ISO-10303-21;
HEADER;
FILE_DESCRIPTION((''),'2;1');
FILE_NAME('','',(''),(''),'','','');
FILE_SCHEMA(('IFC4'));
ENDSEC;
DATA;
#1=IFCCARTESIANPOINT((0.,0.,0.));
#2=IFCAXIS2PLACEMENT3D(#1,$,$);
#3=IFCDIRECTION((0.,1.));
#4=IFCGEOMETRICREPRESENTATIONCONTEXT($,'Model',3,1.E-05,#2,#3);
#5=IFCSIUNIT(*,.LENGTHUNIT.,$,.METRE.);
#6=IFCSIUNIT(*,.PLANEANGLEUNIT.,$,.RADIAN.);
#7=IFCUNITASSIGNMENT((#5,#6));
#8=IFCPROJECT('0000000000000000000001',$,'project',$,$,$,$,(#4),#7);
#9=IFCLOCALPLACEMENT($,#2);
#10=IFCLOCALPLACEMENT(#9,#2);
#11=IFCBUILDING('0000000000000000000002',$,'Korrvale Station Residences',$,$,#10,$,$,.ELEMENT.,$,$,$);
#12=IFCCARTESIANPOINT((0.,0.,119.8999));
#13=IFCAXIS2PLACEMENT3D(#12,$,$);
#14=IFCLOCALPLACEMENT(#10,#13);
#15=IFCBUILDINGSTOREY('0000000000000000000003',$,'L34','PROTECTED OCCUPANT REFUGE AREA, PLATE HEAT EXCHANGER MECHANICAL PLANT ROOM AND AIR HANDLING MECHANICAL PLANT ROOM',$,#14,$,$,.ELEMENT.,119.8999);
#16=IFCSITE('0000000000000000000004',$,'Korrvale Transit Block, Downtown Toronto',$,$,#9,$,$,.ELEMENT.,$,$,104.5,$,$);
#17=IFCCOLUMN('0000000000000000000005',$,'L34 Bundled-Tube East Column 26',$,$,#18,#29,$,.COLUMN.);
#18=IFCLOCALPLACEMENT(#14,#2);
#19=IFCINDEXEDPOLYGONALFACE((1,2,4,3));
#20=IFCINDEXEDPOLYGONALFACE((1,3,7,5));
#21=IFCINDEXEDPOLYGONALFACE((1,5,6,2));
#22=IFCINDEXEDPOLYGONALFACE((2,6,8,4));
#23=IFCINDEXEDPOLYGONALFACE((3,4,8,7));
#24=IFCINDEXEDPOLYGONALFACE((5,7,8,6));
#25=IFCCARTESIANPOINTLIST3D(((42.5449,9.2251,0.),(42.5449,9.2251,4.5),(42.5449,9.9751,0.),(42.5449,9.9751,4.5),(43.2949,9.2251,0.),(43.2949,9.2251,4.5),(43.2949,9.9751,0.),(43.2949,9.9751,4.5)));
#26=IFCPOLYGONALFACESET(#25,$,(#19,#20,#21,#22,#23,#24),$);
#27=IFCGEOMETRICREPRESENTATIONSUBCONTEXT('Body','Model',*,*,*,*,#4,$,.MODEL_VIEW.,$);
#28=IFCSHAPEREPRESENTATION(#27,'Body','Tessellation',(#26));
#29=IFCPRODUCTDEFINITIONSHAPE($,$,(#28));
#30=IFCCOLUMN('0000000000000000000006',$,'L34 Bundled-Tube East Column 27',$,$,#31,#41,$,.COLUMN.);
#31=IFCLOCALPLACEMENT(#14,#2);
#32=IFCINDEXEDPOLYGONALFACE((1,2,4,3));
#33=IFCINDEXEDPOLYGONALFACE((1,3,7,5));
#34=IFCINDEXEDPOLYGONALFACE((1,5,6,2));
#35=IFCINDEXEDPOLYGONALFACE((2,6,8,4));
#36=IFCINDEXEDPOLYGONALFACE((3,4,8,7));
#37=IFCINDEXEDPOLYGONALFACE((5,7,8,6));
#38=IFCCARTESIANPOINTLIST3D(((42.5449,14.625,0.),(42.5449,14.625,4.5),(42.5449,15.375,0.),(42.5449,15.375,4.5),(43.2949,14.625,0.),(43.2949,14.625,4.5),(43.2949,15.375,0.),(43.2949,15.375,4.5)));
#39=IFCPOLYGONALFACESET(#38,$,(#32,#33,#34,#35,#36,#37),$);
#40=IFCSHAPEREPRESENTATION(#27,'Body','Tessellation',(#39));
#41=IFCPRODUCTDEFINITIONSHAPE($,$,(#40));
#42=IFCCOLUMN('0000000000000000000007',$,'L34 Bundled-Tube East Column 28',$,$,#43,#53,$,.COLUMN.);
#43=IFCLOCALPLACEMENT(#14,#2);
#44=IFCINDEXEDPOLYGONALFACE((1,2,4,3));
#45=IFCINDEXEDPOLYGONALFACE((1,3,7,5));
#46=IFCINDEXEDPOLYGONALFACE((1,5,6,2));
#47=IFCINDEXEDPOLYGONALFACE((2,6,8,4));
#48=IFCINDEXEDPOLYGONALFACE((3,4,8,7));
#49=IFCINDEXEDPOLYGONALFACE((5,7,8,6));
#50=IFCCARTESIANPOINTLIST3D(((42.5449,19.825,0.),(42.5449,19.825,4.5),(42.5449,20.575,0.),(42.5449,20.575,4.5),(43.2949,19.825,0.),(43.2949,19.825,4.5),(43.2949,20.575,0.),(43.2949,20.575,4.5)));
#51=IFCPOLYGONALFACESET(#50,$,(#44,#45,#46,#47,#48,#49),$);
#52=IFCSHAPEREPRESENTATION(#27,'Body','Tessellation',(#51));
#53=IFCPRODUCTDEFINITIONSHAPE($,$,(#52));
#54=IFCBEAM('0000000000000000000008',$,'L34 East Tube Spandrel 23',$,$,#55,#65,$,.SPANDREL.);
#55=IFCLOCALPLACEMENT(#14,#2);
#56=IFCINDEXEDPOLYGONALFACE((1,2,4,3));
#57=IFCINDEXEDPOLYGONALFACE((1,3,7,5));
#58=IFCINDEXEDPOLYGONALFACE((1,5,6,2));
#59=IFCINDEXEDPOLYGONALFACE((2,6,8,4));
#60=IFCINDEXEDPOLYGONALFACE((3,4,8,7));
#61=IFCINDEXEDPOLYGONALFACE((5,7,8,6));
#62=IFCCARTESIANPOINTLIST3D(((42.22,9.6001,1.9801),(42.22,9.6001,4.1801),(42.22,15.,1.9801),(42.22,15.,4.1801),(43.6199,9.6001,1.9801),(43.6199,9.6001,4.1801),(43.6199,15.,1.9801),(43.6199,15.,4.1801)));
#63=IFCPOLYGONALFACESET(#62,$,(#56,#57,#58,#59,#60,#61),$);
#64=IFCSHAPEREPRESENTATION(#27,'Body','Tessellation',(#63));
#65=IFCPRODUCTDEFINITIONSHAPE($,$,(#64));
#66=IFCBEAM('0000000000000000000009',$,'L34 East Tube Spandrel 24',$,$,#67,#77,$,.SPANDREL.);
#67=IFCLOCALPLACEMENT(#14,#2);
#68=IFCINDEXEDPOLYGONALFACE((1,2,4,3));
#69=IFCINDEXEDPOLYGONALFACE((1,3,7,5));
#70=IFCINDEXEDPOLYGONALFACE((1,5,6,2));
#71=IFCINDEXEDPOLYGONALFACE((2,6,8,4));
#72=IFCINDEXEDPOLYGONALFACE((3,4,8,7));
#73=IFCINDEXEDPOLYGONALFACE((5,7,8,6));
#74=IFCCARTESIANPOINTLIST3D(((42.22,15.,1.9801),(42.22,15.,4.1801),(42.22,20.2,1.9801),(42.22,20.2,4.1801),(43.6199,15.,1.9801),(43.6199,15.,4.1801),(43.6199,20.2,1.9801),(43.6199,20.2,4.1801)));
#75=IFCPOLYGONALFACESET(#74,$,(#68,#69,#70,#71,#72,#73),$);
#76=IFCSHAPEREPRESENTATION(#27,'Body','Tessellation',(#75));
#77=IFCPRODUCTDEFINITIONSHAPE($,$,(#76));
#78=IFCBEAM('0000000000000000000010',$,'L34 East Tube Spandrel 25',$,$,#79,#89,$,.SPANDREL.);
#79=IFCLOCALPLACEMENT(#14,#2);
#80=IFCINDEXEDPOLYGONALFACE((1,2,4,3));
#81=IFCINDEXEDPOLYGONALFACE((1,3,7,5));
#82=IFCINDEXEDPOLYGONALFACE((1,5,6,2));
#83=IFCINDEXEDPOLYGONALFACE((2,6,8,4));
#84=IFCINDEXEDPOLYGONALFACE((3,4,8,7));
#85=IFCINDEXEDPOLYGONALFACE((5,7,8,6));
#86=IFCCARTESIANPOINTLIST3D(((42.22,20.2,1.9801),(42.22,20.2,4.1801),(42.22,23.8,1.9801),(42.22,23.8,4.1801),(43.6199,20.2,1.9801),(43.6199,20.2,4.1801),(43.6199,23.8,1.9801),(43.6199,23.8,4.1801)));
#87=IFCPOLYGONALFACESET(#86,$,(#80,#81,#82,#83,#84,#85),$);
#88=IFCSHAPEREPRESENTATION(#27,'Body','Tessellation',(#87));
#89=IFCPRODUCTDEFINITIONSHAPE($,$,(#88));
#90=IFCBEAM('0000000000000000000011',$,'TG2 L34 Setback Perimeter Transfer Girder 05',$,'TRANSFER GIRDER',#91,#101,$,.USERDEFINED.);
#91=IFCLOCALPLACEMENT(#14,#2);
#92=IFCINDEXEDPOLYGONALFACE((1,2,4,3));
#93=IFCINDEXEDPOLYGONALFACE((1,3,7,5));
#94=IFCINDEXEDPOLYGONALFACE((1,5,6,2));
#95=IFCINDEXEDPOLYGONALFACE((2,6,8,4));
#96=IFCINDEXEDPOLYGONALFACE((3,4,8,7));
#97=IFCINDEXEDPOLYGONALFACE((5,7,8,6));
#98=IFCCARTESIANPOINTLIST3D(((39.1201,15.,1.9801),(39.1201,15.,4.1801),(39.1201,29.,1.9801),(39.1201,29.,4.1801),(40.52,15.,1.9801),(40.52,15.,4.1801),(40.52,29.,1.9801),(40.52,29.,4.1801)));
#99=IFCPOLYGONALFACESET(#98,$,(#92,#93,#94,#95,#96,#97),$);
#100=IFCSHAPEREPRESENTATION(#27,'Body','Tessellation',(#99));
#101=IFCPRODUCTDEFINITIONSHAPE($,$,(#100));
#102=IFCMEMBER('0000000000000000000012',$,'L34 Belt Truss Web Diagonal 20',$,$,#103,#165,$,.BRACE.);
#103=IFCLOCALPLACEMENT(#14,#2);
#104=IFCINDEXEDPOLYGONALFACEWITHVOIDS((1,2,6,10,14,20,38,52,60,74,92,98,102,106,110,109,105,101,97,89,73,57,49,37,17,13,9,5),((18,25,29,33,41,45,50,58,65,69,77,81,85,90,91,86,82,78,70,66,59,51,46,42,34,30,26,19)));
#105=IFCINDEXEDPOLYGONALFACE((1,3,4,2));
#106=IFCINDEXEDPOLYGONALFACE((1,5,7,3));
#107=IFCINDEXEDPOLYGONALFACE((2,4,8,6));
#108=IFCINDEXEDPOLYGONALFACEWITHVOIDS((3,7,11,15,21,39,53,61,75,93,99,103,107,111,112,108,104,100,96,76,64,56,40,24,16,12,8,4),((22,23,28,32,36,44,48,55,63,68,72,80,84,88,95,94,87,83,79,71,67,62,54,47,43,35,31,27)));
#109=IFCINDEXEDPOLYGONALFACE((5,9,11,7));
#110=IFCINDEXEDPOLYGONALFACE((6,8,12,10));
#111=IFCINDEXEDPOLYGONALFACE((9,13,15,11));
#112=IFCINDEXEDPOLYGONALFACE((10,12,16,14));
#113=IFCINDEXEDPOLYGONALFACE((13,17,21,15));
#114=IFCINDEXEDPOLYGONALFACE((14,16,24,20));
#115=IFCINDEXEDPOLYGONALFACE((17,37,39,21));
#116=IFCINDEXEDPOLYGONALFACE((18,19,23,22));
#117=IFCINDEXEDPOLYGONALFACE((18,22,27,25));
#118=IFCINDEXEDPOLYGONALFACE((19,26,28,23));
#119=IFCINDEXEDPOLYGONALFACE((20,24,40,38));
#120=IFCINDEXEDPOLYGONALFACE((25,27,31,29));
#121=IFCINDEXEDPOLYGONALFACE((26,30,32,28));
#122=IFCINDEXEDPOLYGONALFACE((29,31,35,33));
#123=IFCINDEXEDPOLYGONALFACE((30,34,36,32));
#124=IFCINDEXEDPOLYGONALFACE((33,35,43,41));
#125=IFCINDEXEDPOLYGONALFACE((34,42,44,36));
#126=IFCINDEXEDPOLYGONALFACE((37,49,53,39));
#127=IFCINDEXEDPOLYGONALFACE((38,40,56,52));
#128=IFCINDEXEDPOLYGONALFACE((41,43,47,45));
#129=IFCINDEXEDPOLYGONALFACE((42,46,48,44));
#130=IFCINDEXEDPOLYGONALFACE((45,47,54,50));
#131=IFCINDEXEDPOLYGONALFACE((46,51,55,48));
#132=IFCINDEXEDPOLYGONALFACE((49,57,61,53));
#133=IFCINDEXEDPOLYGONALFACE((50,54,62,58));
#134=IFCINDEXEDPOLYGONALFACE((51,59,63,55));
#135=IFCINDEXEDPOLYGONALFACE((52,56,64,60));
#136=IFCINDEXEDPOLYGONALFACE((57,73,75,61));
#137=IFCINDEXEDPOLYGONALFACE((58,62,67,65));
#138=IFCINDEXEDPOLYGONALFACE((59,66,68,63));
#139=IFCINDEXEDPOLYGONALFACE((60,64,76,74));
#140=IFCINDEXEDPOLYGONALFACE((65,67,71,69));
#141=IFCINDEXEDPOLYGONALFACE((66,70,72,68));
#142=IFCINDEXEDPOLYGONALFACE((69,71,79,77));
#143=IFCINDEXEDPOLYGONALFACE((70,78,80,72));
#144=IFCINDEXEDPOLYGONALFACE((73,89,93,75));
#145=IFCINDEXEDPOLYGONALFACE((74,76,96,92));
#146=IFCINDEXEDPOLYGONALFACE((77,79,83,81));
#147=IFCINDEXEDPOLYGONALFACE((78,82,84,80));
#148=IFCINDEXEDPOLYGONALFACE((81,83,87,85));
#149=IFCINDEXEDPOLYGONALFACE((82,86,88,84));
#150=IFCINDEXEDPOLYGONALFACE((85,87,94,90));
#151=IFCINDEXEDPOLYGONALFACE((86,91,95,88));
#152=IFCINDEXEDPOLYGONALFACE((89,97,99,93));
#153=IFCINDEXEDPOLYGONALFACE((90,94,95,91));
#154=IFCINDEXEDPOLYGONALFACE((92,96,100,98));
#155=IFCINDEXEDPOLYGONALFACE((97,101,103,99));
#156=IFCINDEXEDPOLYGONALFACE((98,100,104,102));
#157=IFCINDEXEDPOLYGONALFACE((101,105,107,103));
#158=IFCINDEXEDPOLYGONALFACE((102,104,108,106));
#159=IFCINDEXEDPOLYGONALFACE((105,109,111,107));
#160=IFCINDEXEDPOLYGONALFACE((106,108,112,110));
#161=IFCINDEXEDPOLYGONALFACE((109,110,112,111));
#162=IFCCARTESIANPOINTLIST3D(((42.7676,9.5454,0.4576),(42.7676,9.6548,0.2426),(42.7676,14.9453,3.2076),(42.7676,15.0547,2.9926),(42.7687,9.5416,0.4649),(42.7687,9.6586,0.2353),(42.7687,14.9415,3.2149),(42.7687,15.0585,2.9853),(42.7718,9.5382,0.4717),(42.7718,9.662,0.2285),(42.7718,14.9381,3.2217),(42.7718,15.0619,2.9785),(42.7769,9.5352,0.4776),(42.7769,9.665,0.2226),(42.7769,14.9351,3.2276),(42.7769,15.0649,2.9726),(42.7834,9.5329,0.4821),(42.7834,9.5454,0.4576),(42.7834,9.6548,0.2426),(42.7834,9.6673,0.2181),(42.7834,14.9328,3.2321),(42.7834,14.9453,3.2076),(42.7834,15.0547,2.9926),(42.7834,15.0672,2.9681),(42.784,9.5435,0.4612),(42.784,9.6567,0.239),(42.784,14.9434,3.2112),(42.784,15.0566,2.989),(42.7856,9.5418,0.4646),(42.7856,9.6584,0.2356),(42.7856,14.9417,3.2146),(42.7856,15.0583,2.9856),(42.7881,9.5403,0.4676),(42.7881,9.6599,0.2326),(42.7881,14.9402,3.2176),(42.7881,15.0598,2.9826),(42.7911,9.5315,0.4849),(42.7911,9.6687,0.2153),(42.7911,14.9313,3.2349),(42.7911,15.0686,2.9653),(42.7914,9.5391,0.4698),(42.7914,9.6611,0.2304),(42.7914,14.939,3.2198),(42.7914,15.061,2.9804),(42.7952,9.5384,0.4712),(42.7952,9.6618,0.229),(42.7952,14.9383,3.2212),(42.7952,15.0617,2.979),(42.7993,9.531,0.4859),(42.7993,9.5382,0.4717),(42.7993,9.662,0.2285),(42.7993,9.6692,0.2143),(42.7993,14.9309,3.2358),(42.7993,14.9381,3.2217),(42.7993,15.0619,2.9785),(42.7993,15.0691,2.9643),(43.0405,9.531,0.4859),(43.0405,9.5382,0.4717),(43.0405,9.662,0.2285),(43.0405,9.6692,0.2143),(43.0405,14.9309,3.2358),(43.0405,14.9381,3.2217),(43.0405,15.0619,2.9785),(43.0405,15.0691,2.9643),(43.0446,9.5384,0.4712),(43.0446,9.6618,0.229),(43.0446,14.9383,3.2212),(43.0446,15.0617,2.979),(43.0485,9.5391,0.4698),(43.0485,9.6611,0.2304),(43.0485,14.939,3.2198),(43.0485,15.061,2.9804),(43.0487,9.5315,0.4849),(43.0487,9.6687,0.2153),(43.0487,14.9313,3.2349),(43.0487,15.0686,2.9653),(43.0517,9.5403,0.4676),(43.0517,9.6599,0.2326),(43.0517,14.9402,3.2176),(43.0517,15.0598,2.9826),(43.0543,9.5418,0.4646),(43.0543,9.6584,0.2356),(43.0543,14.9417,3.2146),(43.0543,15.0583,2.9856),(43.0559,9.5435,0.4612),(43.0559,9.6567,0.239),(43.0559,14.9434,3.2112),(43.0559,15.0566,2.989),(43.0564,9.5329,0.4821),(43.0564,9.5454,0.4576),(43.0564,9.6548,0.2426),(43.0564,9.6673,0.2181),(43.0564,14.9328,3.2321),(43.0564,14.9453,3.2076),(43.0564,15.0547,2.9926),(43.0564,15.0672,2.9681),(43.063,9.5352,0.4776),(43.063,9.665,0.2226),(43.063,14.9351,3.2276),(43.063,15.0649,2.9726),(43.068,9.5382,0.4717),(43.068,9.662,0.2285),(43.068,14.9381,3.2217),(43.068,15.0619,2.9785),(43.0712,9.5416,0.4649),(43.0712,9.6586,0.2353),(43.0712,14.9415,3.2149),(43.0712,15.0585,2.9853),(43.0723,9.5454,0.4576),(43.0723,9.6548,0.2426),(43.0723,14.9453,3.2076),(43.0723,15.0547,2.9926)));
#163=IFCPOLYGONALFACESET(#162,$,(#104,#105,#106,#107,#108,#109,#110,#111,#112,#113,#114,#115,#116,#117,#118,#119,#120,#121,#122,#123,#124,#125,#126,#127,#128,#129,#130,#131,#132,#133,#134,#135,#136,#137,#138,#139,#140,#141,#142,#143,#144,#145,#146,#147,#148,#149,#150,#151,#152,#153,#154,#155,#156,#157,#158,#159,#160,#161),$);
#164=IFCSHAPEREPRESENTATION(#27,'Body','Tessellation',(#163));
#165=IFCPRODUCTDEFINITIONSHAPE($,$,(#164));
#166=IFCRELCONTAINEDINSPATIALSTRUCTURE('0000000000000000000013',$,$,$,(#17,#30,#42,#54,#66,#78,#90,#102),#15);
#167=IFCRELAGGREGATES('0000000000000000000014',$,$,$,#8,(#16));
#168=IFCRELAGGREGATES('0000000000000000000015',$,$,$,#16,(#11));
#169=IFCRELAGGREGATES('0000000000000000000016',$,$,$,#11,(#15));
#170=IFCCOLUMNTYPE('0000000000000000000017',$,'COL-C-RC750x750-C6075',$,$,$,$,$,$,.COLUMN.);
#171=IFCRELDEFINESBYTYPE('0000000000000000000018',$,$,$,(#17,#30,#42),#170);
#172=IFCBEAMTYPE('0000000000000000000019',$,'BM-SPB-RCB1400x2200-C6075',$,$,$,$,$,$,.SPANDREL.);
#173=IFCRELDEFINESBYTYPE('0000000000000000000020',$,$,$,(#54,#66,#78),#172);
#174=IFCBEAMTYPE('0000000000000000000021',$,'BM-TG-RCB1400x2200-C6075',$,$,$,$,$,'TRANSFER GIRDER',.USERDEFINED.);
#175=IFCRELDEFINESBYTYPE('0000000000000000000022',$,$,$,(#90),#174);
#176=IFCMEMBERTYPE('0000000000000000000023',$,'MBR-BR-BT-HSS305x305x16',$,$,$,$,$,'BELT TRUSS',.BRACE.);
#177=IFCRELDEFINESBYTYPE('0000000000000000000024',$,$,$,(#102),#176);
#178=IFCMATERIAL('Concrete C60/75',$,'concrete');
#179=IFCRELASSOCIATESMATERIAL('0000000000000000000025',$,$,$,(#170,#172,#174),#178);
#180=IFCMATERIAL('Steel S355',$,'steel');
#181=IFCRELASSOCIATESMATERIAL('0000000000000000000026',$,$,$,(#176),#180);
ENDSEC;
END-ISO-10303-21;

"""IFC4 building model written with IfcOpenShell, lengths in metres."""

from ifc_helpers import new_model, si_unit, direction, frame, origin, origin_2d, place, context, subcontext, project, spatial, rectangle, hollow_rectangle, extrude, material, material_profile, profile_set, type_object, element, save


model = new_model("IFC4")

# Units and contexts
model_context = context("Model", 3, precision=1e-05, world=origin(), true_north=direction((0.0, 1.0)))
body_context = subcontext(model_context, "Body", "Model", "MODEL_VIEW")
ifc_project = project(units=[si_unit("LENGTHUNIT", "METRE"), si_unit("PLANEANGLEUNIT", "RADIAN")], contexts=[model_context])

# Site, building, storey
site_placement = place(None, origin())
site = spatial("IfcSite", under=ifc_project, at=site_placement, Name="Korrvale Transit Block, Downtown Toronto", CompositionType="ELEMENT", RefElevation=104.5)
building_placement = place(site_placement, origin())
building = spatial("IfcBuilding", under=site, at=building_placement, Name="Korrvale Station Residences", CompositionType="ELEMENT")
storey_placement = place(building_placement, frame((0.0, 0.0, 119.8999)))
storey = spatial("IfcBuildingStorey", under=building, at=storey_placement, Name="L34", Description="PROTECTED OCCUPANT REFUGE AREA, PLATE HEAT EXCHANGER MECHANICAL PLANT ROOM AND AIR HANDLING MECHANICAL PLANT ROOM", CompositionType="ELEMENT", Elevation=119.8999)

# Columns
ifc_material_1 = material(Name="Concrete C60/75", Category="concrete")
ifc_material_profile_1 = material_profile(ifc_material_1, rectangle(XDim=0.75, YDim=0.75, at=origin_2d()), Name="RC750x750")
ifc_profile_set_1 = profile_set([ifc_material_profile_1], Name="Concrete C60/75")
column_type = type_object("IfcColumnType", Name="COL-C-RC750x750-C6075", PredefinedType="COLUMN", material=ifc_profile_set_1)
for number, where, z_axis, x_axis, name in (
    (1, (42.9199, 9.6001, 0.0), (0.0, 0.0, 1.0), (1.0, 0.0, 0.0), "L34 Bundled-Tube East Column 26"),
    (2, (42.9199, 15.0, 0.0), (0.0, 0.0, 1.0), (1.0, 0.0, 0.0), "L34 Bundled-Tube East Column 27"),
    (3, (42.9199, 20.2, 0.0), (0.0, 0.0, 1.0), (1.0, 0.0, 0.0), "L34 Bundled-Tube East Column 28"),
):
    element("IfcColumn", number, at=place(storey_placement, frame(where, z_axis=z_axis, x_axis=x_axis)), inside=storey, type_object=column_type, Name=name, PredefinedType="COLUMN", context=body_context, shape_type="SweptSolid", body=[
        extrude(rectangle(XDim=0.75, YDim=0.75, at=origin_2d()), origin(), (0.0, 0.0, 1.0), 4.5),
    ])

# Beams
ifc_material_profile_2 = material_profile(ifc_material_1, rectangle(XDim=1.3999, YDim=2.2, at=origin_2d()), Name="RCB1400x2200")
ifc_profile_set_2 = profile_set([ifc_material_profile_2], Name="Concrete C60/75")
beam_type_1 = type_object("IfcBeamType", Name="BM-SPB-RCB1400x2200-C6075", PredefinedType="SPANDREL", material=ifc_profile_set_2)
beam_1_placement = place(storey_placement, frame((42.9199, 9.6001, 3.0801), z_axis=(0.0, 1.0, 0.0), x_axis=(-1.0, 0.0, 0.0)))
element("IfcBeam", 4, at=beam_1_placement, inside=storey, type_object=beam_type_1, Name="L34 East Tube Spandrel 23", PredefinedType="SPANDREL", context=body_context, shape_type="SweptSolid", body=[
    extrude(rectangle(XDim=1.3999, YDim=2.2, at=origin_2d()), origin(), (0.0, 0.0, 1.0), 5.3999),
])
beam_2_placement = place(storey_placement, frame((42.9199, 15.0, 3.0801), z_axis=(0.0, 1.0, 0.0), x_axis=(-1.0, 0.0, 0.0)))
element("IfcBeam", 5, at=beam_2_placement, inside=storey, type_object=beam_type_1, Name="L34 East Tube Spandrel 24", PredefinedType="SPANDREL", context=body_context, shape_type="SweptSolid", body=[
    extrude(rectangle(XDim=1.3999, YDim=2.2, at=origin_2d()), origin(), (0.0, 0.0, 1.0), 5.2),
])
beam_3_placement = place(storey_placement, frame((42.9199, 20.2, 3.0801), z_axis=(0.0, 1.0, 0.0), x_axis=(-1.0, 0.0, 0.0)))
element("IfcBeam", 6, at=beam_3_placement, inside=storey, type_object=beam_type_1, Name="L34 East Tube Spandrel 25", PredefinedType="SPANDREL", context=body_context, shape_type="SweptSolid", body=[
    extrude(rectangle(XDim=1.3999, YDim=2.2, at=origin_2d()), origin(), (0.0, 0.0, 1.0), 3.6001),
])
ifc_material_profile_3 = material_profile(ifc_material_1, rectangle(XDim=1.3999, YDim=2.2, at=origin_2d()), Name="RCB1400x2200")
ifc_profile_set_3 = profile_set([ifc_material_profile_3], Name="Concrete C60/75")
beam_type_2 = type_object("IfcBeamType", Name="BM-TG-RCB1400x2200-C6075", ElementType="TRANSFER GIRDER", PredefinedType="USERDEFINED", material=ifc_profile_set_3)
beam_4_placement = place(storey_placement, frame((39.8201, 15.0, 3.0801), z_axis=(0.0, 1.0, 0.0), x_axis=(-1.0, 0.0, 0.0)))
element("IfcBeam", 7, at=beam_4_placement, inside=storey, type_object=beam_type_2, Name="TG2 L34 Setback Perimeter Transfer Girder 05", ObjectType="TRANSFER GIRDER", PredefinedType="USERDEFINED", context=body_context, shape_type="SweptSolid", body=[
    extrude(rectangle(XDim=1.3999, YDim=2.2, at=origin_2d()), origin(), (0.0, 0.0, 1.0), 14.0),
])

# Member
ifc_material_2 = material(Name="Steel S355", Category="steel")
ifc_material_profile_4 = material_profile(ifc_material_2, hollow_rectangle(XDim=0.3047, YDim=0.3047, WallThickness=0.0159, InnerFilletRadius=0.0159, OuterFilletRadius=0.0317, at=origin_2d()), Name="HSS305x305x16")
ifc_profile_set_4 = profile_set([ifc_material_profile_4], Name="Steel S355")
member_type_1 = type_object("IfcMemberType", Name="MBR-BR-BT-HSS305x305x16", ElementType="BELT TRUSS", PredefinedType="BRACE", material=ifc_profile_set_4)
member_1_placement = place(storey_placement, frame((42.9199, 9.6001, 0.3501), z_axis=(0.0, 0.891099, 0.453809), x_axis=(-1.0, 0.0, 0.0)))
element("IfcMember", 8, at=member_1_placement, inside=storey, type_object=member_type_1, Name="L34 Belt Truss Web Diagonal 20", PredefinedType="BRACE", context=body_context, shape_type="SweptSolid", body=[
    extrude(hollow_rectangle(XDim=0.3047, YDim=0.3047, WallThickness=0.0159, InnerFilletRadius=0.0159, OuterFilletRadius=0.0317, at=origin_2d()), origin(), (0.0, 0.0, 1.0), 6.0598),
])

save(model, "model.ifc")
